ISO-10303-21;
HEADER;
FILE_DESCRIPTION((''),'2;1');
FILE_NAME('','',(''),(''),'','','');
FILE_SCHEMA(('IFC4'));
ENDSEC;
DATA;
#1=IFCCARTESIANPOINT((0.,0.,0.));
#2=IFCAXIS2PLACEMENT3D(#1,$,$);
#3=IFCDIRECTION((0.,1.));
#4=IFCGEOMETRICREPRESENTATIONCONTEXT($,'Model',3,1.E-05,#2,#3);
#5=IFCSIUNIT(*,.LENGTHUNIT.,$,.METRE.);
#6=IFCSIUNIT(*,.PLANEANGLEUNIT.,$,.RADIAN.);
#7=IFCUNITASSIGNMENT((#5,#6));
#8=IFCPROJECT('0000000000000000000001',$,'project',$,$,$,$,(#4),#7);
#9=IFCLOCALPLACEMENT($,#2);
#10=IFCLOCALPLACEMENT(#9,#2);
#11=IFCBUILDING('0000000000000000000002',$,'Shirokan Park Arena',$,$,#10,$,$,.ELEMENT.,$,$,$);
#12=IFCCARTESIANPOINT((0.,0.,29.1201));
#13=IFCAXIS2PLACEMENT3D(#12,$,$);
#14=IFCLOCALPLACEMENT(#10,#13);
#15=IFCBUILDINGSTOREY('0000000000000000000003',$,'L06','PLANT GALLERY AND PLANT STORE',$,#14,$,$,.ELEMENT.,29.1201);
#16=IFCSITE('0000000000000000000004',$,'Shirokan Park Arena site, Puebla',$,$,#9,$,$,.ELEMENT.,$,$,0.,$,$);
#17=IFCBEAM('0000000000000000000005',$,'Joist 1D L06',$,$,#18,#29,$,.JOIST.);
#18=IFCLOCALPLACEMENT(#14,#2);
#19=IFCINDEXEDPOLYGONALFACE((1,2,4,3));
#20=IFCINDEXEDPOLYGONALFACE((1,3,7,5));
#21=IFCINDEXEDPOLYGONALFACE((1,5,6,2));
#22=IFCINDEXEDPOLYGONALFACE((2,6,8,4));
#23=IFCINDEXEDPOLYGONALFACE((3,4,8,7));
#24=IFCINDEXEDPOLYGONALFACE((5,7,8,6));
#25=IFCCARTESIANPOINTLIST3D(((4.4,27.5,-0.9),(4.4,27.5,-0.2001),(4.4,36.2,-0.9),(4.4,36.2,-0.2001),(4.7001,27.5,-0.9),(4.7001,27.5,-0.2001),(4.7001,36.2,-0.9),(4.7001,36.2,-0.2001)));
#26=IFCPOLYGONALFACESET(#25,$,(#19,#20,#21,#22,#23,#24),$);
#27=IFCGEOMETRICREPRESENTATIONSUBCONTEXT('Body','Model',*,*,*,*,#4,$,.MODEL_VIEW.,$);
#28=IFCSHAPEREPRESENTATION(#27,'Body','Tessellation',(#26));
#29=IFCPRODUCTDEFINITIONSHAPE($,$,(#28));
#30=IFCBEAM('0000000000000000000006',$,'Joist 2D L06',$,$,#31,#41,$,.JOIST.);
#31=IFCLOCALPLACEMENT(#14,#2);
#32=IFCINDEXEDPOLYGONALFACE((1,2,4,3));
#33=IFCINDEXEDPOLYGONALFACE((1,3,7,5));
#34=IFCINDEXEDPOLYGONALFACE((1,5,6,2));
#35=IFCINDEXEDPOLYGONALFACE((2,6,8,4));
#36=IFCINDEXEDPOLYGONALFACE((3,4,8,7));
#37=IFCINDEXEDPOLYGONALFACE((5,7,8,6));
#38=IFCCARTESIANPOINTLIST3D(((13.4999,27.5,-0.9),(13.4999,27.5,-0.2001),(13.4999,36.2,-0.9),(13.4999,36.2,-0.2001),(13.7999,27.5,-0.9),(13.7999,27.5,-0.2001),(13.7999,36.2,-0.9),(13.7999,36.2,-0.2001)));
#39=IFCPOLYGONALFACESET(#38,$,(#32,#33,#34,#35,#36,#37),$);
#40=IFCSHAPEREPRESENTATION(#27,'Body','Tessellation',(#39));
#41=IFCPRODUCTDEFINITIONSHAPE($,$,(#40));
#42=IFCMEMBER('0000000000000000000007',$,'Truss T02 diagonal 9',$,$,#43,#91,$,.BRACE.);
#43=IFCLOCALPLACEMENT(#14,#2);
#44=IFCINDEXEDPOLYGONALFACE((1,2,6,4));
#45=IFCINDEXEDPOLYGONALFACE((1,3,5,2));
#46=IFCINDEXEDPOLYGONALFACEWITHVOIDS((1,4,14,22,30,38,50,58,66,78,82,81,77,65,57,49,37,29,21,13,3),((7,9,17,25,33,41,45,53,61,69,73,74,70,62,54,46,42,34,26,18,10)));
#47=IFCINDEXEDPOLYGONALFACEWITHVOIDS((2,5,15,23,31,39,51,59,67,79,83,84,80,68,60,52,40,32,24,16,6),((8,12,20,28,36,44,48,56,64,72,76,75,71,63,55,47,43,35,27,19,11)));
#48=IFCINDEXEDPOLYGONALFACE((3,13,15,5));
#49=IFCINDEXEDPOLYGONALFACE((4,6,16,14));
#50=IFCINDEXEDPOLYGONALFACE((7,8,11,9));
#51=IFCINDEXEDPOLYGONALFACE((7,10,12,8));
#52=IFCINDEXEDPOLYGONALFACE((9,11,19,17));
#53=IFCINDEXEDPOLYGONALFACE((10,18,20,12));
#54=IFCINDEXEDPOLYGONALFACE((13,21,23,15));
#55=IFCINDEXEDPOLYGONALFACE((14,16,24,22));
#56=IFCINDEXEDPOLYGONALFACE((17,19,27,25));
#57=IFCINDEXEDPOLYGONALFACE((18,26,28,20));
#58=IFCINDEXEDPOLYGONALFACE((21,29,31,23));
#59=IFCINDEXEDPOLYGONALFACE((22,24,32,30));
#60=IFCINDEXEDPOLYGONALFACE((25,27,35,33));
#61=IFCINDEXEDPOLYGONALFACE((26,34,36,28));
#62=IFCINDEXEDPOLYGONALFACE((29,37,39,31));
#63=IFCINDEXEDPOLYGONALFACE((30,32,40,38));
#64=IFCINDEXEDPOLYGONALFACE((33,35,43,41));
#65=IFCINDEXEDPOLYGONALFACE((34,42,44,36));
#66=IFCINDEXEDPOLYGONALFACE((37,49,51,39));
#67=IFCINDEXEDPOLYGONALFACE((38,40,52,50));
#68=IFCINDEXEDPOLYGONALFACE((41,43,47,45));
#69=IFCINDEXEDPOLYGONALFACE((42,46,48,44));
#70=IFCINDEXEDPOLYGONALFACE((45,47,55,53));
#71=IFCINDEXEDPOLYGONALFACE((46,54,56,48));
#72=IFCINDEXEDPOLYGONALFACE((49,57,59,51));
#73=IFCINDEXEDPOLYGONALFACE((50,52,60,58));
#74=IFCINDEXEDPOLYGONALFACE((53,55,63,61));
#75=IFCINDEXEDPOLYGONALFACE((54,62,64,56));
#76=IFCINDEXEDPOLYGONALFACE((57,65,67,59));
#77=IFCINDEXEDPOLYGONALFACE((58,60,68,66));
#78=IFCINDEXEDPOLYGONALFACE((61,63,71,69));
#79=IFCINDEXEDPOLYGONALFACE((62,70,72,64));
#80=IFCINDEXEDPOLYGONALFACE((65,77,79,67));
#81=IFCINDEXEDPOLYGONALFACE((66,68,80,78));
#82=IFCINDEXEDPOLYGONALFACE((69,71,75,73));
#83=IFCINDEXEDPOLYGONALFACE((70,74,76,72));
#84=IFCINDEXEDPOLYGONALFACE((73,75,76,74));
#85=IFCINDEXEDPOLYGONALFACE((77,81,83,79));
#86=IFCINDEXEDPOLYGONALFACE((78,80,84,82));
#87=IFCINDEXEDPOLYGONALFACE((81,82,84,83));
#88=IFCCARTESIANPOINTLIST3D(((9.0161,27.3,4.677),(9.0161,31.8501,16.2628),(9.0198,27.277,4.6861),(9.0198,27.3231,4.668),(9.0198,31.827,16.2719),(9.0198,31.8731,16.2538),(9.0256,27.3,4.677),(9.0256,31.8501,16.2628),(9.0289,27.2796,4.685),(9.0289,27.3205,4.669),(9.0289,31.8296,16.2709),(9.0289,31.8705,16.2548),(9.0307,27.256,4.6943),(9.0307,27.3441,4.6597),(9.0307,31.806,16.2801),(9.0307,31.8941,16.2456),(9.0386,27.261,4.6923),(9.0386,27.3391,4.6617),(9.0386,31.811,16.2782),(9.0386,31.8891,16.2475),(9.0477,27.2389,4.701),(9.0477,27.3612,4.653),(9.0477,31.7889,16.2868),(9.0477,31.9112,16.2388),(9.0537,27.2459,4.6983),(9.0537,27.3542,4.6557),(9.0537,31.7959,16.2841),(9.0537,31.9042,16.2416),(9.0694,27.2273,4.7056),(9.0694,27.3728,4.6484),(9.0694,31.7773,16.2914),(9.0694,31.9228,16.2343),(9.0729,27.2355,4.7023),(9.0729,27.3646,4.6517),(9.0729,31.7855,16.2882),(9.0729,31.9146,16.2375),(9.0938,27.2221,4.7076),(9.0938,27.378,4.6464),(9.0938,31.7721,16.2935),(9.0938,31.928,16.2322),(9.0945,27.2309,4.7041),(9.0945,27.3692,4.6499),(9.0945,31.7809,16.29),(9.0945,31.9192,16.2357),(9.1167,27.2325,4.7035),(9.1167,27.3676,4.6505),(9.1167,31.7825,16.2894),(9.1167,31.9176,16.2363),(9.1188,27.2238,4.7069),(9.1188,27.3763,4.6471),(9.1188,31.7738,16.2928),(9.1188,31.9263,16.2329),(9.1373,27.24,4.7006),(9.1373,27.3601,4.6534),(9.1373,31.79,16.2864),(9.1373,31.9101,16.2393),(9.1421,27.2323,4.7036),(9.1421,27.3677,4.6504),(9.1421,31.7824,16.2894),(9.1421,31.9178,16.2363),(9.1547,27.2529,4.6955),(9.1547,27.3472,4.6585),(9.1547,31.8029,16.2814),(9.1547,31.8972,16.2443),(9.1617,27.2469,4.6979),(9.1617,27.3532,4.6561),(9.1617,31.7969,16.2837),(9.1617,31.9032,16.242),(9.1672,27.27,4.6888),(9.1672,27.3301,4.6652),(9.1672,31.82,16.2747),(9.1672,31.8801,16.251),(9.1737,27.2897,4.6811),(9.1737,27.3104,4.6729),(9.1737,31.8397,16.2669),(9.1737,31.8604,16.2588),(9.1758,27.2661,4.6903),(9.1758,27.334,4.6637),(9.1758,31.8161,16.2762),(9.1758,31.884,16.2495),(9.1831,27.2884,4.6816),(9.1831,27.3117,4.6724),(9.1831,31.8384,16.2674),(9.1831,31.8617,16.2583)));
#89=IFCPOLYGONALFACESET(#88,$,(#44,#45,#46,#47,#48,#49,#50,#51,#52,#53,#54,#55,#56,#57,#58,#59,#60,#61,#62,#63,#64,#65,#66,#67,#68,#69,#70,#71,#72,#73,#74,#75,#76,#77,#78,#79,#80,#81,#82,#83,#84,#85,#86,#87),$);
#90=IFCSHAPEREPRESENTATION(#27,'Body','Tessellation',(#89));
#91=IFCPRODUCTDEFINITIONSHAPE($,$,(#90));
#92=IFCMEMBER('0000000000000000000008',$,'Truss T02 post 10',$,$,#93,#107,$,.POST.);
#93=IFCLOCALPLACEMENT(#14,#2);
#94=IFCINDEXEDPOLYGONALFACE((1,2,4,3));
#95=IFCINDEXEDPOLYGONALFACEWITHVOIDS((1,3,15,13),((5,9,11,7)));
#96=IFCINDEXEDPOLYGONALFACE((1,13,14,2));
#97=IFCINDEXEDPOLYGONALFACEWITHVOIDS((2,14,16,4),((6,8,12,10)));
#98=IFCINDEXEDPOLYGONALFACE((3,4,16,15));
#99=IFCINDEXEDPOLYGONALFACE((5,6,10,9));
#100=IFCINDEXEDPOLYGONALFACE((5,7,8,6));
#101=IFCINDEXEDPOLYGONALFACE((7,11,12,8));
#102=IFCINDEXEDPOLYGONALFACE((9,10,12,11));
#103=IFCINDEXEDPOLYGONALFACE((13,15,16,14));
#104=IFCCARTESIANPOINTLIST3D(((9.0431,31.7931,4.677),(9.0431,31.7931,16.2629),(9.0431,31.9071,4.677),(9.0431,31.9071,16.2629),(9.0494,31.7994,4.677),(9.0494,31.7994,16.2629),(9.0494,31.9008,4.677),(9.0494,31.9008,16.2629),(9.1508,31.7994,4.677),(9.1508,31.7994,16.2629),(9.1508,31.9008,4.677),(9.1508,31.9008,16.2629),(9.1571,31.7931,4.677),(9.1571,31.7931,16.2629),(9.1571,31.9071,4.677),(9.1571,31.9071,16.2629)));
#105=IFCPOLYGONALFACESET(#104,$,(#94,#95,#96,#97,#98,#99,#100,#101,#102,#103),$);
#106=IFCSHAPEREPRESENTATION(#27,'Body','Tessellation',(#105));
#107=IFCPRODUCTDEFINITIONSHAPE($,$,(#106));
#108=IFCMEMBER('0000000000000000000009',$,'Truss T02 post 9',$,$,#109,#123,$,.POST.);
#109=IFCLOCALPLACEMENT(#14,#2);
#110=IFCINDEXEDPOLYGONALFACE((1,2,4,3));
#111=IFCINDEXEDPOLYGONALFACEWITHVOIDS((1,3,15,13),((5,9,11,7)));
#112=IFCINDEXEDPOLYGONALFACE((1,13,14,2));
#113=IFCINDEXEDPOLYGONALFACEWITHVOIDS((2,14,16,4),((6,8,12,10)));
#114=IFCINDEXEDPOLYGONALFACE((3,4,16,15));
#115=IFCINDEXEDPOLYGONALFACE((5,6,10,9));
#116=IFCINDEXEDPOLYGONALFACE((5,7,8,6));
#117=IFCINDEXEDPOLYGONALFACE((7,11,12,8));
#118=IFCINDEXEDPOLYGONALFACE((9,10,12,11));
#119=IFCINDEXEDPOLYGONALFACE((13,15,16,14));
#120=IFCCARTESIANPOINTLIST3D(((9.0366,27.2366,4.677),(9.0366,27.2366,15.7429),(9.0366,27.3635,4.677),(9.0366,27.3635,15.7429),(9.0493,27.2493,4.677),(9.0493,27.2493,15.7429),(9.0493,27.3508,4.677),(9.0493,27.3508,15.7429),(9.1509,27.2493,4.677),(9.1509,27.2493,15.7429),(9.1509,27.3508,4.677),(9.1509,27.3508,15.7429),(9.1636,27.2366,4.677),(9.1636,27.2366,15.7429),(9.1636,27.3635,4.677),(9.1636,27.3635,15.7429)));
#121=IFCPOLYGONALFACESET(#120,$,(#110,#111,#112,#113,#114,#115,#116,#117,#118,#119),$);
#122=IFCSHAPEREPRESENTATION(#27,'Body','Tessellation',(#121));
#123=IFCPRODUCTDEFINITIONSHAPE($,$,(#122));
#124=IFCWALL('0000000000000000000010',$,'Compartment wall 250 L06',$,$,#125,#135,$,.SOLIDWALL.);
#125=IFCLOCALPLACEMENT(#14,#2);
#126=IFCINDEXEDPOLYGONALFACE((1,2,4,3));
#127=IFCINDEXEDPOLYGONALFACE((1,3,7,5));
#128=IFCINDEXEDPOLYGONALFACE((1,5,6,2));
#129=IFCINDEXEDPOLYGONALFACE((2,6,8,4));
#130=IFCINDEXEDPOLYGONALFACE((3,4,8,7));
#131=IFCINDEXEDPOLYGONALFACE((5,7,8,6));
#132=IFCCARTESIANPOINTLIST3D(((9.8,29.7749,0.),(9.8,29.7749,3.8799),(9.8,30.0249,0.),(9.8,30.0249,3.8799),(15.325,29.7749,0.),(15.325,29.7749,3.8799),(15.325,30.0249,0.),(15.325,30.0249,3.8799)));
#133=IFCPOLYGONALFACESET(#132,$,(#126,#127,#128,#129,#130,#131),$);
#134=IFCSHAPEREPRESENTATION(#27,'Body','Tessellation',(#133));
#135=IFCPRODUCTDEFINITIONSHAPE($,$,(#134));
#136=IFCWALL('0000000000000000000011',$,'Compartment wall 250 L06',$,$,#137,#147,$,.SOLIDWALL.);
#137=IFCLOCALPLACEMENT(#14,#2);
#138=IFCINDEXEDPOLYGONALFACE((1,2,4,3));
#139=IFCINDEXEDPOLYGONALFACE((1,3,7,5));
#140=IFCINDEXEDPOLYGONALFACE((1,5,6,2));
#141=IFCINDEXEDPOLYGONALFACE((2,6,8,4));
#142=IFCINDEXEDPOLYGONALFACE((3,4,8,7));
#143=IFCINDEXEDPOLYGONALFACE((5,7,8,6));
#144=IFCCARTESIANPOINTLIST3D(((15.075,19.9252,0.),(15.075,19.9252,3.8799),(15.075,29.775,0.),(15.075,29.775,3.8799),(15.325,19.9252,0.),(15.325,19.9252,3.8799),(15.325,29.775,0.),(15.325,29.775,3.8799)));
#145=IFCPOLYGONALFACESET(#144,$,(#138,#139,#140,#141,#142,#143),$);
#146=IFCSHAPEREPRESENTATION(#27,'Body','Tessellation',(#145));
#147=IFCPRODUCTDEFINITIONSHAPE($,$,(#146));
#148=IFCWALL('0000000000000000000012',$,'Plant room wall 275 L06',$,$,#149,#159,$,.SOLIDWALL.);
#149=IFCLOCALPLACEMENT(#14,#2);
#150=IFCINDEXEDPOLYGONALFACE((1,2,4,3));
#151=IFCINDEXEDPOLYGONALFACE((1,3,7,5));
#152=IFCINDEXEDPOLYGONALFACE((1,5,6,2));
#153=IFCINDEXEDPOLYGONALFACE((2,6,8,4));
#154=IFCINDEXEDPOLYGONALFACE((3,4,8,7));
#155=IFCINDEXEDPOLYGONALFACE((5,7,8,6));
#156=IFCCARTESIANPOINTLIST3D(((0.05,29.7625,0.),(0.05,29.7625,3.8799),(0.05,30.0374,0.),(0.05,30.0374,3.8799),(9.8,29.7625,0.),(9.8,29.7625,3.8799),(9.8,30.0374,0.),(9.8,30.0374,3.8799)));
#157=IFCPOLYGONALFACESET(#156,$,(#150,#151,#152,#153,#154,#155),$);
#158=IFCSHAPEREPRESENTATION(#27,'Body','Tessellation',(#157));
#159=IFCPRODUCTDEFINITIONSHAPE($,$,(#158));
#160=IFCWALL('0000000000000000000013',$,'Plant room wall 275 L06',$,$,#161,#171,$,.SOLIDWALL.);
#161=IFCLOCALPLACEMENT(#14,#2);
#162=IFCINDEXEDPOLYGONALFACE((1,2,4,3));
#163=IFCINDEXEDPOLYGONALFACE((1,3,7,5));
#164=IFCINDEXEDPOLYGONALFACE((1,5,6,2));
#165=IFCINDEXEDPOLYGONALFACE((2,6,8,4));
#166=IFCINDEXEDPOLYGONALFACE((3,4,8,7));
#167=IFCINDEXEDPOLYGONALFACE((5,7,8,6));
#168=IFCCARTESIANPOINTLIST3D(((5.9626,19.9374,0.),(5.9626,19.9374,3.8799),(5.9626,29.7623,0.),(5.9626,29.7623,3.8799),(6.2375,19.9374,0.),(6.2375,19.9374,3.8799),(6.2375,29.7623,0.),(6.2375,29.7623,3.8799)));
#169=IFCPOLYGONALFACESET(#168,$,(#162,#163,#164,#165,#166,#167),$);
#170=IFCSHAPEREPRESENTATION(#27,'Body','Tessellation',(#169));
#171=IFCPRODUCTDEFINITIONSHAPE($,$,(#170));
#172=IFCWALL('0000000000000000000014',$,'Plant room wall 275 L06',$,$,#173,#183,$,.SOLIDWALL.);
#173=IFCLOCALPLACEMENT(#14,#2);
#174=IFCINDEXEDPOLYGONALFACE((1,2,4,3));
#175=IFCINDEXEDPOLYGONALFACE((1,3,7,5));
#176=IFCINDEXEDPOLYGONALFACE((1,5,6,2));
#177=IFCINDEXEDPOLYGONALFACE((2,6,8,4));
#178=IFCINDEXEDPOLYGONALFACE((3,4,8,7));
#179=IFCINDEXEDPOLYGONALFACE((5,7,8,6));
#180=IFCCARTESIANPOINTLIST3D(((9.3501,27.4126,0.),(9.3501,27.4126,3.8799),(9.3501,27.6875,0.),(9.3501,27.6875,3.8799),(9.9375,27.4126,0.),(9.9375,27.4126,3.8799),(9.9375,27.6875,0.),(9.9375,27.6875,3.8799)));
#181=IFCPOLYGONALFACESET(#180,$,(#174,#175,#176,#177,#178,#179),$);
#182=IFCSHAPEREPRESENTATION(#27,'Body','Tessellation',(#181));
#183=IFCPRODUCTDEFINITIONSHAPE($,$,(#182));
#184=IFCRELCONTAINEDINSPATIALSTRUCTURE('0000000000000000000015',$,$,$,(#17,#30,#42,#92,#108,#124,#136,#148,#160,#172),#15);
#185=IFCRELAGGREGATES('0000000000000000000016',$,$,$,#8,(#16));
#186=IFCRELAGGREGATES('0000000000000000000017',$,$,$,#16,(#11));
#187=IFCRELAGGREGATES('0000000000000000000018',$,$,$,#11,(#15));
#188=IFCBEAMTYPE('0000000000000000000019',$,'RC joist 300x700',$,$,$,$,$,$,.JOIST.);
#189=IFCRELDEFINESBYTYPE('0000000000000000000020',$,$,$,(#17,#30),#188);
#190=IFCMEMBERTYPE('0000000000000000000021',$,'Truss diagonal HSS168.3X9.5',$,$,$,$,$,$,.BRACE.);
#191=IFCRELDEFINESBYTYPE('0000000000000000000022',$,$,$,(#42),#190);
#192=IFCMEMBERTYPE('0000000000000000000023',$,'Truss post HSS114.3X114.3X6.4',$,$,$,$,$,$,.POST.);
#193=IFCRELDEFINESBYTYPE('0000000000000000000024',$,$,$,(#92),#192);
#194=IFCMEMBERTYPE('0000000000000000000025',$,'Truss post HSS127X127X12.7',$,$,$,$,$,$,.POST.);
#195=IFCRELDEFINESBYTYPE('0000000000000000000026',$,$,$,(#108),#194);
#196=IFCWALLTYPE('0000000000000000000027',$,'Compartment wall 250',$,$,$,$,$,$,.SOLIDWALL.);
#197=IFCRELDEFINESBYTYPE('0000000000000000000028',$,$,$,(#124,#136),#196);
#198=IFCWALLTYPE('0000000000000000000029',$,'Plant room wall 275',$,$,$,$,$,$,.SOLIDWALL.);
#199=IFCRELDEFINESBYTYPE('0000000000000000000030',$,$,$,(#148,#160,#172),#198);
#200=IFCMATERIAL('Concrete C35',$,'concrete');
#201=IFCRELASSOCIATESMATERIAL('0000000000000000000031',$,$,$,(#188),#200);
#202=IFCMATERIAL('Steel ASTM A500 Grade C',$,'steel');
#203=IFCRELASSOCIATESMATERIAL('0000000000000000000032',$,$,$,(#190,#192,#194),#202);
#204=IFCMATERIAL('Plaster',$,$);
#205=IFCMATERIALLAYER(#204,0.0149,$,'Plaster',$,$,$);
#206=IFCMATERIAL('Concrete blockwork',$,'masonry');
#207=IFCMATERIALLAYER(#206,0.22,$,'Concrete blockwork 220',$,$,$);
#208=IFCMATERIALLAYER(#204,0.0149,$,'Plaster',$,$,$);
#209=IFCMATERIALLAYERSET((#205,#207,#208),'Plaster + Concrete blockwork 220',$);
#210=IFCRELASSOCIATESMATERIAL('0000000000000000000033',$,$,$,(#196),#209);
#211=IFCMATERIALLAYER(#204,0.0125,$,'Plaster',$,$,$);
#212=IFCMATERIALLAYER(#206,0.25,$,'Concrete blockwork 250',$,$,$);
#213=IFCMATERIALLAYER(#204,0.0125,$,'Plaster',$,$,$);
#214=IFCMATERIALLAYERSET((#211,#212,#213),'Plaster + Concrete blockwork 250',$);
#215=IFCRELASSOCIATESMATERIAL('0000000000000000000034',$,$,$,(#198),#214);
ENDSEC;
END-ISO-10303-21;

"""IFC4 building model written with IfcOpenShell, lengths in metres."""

from ifc_helpers import new_model, si_unit, direction, frame, frame_2d, origin, origin_2d, place, context, subcontext, project, spatial, rectangle, hollow_rectangle, hollow_circle, extrude, material, layer, layer_set, material_profile, profile_set, type_object, element, save


model = new_model("IFC4")

# Units and contexts
model_context = context("Model", 3, precision=1e-05, world=origin(), true_north=direction((0.0, 1.0)))
body_context = subcontext(model_context, "Body", "Model", "MODEL_VIEW")
ifc_project = project(units=[si_unit("LENGTHUNIT", "METRE"), si_unit("PLANEANGLEUNIT", "RADIAN")], contexts=[model_context])

# Site, building, storey
site_placement = place(None, origin())
site = spatial("IfcSite", under=ifc_project, at=site_placement, Name="Shirokan Park Arena site, Puebla", CompositionType="ELEMENT", RefElevation=0.0)
building_placement = place(site_placement, origin())
building = spatial("IfcBuilding", under=site, at=building_placement, Name="Shirokan Park Arena", CompositionType="ELEMENT")
storey_placement = place(building_placement, frame((0.0, 0.0, 29.1201)))
storey = spatial("IfcBuildingStorey", under=building, at=storey_placement, Name="L06", Description="PLANT GALLERY AND PLANT STORE", CompositionType="ELEMENT", Elevation=29.1201)

# Shared definitions
ifc_material_1 = material(Name="Concrete C35", Category="concrete")

# Shared definitions
ifc_material_2 = material(Name="Steel ASTM A500 Grade C", Category="steel")

# Beams
ifc_material_profile_1 = material_profile(ifc_material_1, rectangle(XDim=0.3, YDim=0.7, at=origin_2d()), Name="300x700")
ifc_profile_set_1 = profile_set([ifc_material_profile_1], Name="Concrete C35")
beam_type_1 = type_object("IfcBeamType", Name="RC joist 300x700", PredefinedType="JOIST", material=ifc_profile_set_1)
for number, where, z_axis, x_axis, name in (
    (1, (4.55, 27.5, -0.55), (0.0, 1.0, 0.0), (-1.0, 0.0, 0.0), "Joist 1D L06"),
    (2, (13.6499, 27.5, -0.55), (0.0, 1.0, 0.0), (-1.0, 0.0, 0.0), "Joist 2D L06"),
):
    element("IfcBeam", number, at=place(storey_placement, frame(where, z_axis=z_axis, x_axis=x_axis)), inside=storey, type_object=beam_type_1, Name=name, PredefinedType="JOIST", context=body_context, shape_type="SweptSolid", body=[
        extrude(rectangle(XDim=0.3, YDim=0.7, at=origin_2d()), origin(), (0.0, 0.0, 1.0), 8.7),
    ])

# Members
ifc_material_profile_2 = material_profile(ifc_material_2, hollow_circle(Radius=0.084, WallThickness=0.0095, at=origin_2d()), Name="HSS168.3X9.5")
ifc_profile_set_2 = profile_set([ifc_material_profile_2], Name="Steel ASTM A500 Grade C")
member_type_1 = type_object("IfcMemberType", Name="Truss diagonal HSS168.3X9.5", PredefinedType="BRACE", material=ifc_profile_set_2)
member_1_placement = place(storey_placement, frame((9.1001, 27.3, 4.677), z_axis=(0.0, 0.365543, 0.930794), x_axis=(-1.0, 0.0, 0.0)))
element("IfcMember", 3, at=member_1_placement, inside=storey, type_object=member_type_1, Name="Truss T02 diagonal 9", PredefinedType="BRACE", context=body_context, shape_type="SweptSolid", body=[
    extrude(hollow_circle(Radius=0.084, WallThickness=0.0095, at=origin_2d()), origin(), (0.0, 0.0, 1.0), 12.4473),
])
ifc_material_profile_3 = material_profile(ifc_material_2, hollow_rectangle(XDim=0.114, YDim=0.114, WallThickness=0.0063, at=origin_2d()), Name="HSS114.3X114.3X6.4")
ifc_profile_set_3 = profile_set([ifc_material_profile_3], Name="Steel ASTM A500 Grade C")
member_type_2 = type_object("IfcMemberType", Name="Truss post HSS114.3X114.3X6.4", PredefinedType="POST", material=ifc_profile_set_3)
member_2_placement = place(storey_placement, frame((9.1001, 31.8501, 4.677), z_axis=(0.0, 0.0, 1.0), x_axis=(1.0, 0.0, 0.0)))
element("IfcMember", 4, at=member_2_placement, inside=storey, type_object=member_type_2, Name="Truss T02 post 10", PredefinedType="POST", context=body_context, shape_type="SweptSolid", body=[
    extrude(hollow_rectangle(XDim=0.114, YDim=0.114, WallThickness=0.0063, at=origin_2d()), origin(), (0.0, 0.0, 1.0), 11.5859),
])
ifc_material_profile_4 = material_profile(ifc_material_2, hollow_rectangle(XDim=0.127, YDim=0.127, WallThickness=0.0127, at=origin_2d()), Name="HSS127X127X12.7")
ifc_profile_set_4 = profile_set([ifc_material_profile_4], Name="Steel ASTM A500 Grade C")
member_type_3 = type_object("IfcMemberType", Name="Truss post HSS127X127X12.7", PredefinedType="POST", material=ifc_profile_set_4)
member_3_placement = place(storey_placement, frame((9.1001, 27.3, 4.677), z_axis=(0.0, 0.0, 1.0), x_axis=(1.0, 0.0, 0.0)))
element("IfcMember", 5, at=member_3_placement, inside=storey, type_object=member_type_3, Name="Truss T02 post 9", PredefinedType="POST", context=body_context, shape_type="SweptSolid", body=[
    extrude(hollow_rectangle(XDim=0.127, YDim=0.127, WallThickness=0.0127, at=origin_2d()), origin(), (0.0, 0.0, 1.0), 11.0659),
])

# Walls
ifc_material_3 = material(Name="Plaster")
ifc_layer_1 = layer(ifc_material_3, 0.0149, Name="Plaster")
ifc_material_4 = material(Name="Concrete blockwork", Category="masonry")
ifc_layer_2 = layer(ifc_material_4, 0.22, Name="Concrete blockwork 220")
ifc_layer_3 = layer(ifc_material_3, 0.0149, Name="Plaster")
ifc_layer_set_1 = layer_set([ifc_layer_1, ifc_layer_2, ifc_layer_3], Name="Plaster + Concrete blockwork 220")
wall_type_1 = type_object("IfcWallType", Name="Compartment wall 250", PredefinedType="SOLIDWALL", material=ifc_layer_set_1)
wall_1_placement = place(storey_placement, frame((9.8, 29.8999, 0.0), z_axis=(0.0, 0.0, 1.0), x_axis=(1.0, 0.0, 0.0)))
element("IfcWall", 6, at=wall_1_placement, inside=storey, type_object=wall_type_1, Name="Compartment wall 250 L06", PredefinedType="SOLIDWALL", context=body_context, shape_type="SweptSolid", body=[
    extrude(rectangle(XDim=5.5249, YDim=0.25, at=frame_2d((2.7625, 0.0))), origin(), (0.0, 0.0, 1.0), 3.8799),
])
wall_2_placement = place(storey_placement, frame((15.2, 29.7749, 0.0), z_axis=(0.0, 0.0, 1.0), x_axis=(0.0, -1.0, 0.0)))
element("IfcWall", 7, at=wall_2_placement, inside=storey, type_object=wall_type_1, Name="Compartment wall 250 L06", PredefinedType="SOLIDWALL", context=body_context, shape_type="SweptSolid", body=[
    extrude(rectangle(XDim=9.8499, YDim=0.25, at=frame_2d((4.9248, 0.0))), origin(), (0.0, 0.0, 1.0), 3.8799),
])
ifc_layer_4 = layer(ifc_material_3, 0.0125, Name="Plaster")
ifc_layer_5 = layer(ifc_material_4, 0.25, Name="Concrete blockwork 250")
ifc_layer_6 = layer(ifc_material_3, 0.0125, Name="Plaster")
ifc_layer_set_2 = layer_set([ifc_layer_4, ifc_layer_5, ifc_layer_6], Name="Plaster + Concrete blockwork 250")
wall_type_2 = type_object("IfcWallType", Name="Plant room wall 275", PredefinedType="SOLIDWALL", material=ifc_layer_set_2)
wall_3_placement = place(storey_placement, frame((0.05, 29.8999, 0.0), z_axis=(0.0, 0.0, 1.0), x_axis=(1.0, 0.0, 0.0)))
element("IfcWall", 8, at=wall_3_placement, inside=storey, type_object=wall_type_2, Name="Plant room wall 275 L06", PredefinedType="SOLIDWALL", context=body_context, shape_type="SweptSolid", body=[
    extrude(rectangle(XDim=9.75, YDim=0.2749, at=frame_2d((4.875, 0.0))), origin(), (0.0, 0.0, 1.0), 3.8799),
])
wall_4_placement = place(storey_placement, frame((6.1001, 29.7625, 0.0), z_axis=(0.0, 0.0, 1.0), x_axis=(0.0, -1.0, 0.0)))
element("IfcWall", 9, at=wall_4_placement, inside=storey, type_object=wall_type_2, Name="Plant room wall 275 L06", PredefinedType="SOLIDWALL", context=body_context, shape_type="SweptSolid", body=[
    extrude(rectangle(XDim=9.825, YDim=0.2749, at=frame_2d((4.9126, 0.0))), origin(), (0.0, 0.0, 1.0), 3.8799),
])
wall_5_placement = place(storey_placement, frame((9.3501, 27.55, 0.0), z_axis=(0.0, 0.0, 1.0), x_axis=(1.0, 0.0, 0.0)))
element("IfcWall", 10, at=wall_5_placement, inside=storey, type_object=wall_type_2, Name="Plant room wall 275 L06", PredefinedType="SOLIDWALL", context=body_context, shape_type="SweptSolid", body=[
    extrude(rectangle(XDim=0.5874, YDim=0.2749, at=frame_2d((0.2937, 0.0))), origin(), (0.0, 0.0, 1.0), 3.8799),
])

save(model, "model.ifc")
